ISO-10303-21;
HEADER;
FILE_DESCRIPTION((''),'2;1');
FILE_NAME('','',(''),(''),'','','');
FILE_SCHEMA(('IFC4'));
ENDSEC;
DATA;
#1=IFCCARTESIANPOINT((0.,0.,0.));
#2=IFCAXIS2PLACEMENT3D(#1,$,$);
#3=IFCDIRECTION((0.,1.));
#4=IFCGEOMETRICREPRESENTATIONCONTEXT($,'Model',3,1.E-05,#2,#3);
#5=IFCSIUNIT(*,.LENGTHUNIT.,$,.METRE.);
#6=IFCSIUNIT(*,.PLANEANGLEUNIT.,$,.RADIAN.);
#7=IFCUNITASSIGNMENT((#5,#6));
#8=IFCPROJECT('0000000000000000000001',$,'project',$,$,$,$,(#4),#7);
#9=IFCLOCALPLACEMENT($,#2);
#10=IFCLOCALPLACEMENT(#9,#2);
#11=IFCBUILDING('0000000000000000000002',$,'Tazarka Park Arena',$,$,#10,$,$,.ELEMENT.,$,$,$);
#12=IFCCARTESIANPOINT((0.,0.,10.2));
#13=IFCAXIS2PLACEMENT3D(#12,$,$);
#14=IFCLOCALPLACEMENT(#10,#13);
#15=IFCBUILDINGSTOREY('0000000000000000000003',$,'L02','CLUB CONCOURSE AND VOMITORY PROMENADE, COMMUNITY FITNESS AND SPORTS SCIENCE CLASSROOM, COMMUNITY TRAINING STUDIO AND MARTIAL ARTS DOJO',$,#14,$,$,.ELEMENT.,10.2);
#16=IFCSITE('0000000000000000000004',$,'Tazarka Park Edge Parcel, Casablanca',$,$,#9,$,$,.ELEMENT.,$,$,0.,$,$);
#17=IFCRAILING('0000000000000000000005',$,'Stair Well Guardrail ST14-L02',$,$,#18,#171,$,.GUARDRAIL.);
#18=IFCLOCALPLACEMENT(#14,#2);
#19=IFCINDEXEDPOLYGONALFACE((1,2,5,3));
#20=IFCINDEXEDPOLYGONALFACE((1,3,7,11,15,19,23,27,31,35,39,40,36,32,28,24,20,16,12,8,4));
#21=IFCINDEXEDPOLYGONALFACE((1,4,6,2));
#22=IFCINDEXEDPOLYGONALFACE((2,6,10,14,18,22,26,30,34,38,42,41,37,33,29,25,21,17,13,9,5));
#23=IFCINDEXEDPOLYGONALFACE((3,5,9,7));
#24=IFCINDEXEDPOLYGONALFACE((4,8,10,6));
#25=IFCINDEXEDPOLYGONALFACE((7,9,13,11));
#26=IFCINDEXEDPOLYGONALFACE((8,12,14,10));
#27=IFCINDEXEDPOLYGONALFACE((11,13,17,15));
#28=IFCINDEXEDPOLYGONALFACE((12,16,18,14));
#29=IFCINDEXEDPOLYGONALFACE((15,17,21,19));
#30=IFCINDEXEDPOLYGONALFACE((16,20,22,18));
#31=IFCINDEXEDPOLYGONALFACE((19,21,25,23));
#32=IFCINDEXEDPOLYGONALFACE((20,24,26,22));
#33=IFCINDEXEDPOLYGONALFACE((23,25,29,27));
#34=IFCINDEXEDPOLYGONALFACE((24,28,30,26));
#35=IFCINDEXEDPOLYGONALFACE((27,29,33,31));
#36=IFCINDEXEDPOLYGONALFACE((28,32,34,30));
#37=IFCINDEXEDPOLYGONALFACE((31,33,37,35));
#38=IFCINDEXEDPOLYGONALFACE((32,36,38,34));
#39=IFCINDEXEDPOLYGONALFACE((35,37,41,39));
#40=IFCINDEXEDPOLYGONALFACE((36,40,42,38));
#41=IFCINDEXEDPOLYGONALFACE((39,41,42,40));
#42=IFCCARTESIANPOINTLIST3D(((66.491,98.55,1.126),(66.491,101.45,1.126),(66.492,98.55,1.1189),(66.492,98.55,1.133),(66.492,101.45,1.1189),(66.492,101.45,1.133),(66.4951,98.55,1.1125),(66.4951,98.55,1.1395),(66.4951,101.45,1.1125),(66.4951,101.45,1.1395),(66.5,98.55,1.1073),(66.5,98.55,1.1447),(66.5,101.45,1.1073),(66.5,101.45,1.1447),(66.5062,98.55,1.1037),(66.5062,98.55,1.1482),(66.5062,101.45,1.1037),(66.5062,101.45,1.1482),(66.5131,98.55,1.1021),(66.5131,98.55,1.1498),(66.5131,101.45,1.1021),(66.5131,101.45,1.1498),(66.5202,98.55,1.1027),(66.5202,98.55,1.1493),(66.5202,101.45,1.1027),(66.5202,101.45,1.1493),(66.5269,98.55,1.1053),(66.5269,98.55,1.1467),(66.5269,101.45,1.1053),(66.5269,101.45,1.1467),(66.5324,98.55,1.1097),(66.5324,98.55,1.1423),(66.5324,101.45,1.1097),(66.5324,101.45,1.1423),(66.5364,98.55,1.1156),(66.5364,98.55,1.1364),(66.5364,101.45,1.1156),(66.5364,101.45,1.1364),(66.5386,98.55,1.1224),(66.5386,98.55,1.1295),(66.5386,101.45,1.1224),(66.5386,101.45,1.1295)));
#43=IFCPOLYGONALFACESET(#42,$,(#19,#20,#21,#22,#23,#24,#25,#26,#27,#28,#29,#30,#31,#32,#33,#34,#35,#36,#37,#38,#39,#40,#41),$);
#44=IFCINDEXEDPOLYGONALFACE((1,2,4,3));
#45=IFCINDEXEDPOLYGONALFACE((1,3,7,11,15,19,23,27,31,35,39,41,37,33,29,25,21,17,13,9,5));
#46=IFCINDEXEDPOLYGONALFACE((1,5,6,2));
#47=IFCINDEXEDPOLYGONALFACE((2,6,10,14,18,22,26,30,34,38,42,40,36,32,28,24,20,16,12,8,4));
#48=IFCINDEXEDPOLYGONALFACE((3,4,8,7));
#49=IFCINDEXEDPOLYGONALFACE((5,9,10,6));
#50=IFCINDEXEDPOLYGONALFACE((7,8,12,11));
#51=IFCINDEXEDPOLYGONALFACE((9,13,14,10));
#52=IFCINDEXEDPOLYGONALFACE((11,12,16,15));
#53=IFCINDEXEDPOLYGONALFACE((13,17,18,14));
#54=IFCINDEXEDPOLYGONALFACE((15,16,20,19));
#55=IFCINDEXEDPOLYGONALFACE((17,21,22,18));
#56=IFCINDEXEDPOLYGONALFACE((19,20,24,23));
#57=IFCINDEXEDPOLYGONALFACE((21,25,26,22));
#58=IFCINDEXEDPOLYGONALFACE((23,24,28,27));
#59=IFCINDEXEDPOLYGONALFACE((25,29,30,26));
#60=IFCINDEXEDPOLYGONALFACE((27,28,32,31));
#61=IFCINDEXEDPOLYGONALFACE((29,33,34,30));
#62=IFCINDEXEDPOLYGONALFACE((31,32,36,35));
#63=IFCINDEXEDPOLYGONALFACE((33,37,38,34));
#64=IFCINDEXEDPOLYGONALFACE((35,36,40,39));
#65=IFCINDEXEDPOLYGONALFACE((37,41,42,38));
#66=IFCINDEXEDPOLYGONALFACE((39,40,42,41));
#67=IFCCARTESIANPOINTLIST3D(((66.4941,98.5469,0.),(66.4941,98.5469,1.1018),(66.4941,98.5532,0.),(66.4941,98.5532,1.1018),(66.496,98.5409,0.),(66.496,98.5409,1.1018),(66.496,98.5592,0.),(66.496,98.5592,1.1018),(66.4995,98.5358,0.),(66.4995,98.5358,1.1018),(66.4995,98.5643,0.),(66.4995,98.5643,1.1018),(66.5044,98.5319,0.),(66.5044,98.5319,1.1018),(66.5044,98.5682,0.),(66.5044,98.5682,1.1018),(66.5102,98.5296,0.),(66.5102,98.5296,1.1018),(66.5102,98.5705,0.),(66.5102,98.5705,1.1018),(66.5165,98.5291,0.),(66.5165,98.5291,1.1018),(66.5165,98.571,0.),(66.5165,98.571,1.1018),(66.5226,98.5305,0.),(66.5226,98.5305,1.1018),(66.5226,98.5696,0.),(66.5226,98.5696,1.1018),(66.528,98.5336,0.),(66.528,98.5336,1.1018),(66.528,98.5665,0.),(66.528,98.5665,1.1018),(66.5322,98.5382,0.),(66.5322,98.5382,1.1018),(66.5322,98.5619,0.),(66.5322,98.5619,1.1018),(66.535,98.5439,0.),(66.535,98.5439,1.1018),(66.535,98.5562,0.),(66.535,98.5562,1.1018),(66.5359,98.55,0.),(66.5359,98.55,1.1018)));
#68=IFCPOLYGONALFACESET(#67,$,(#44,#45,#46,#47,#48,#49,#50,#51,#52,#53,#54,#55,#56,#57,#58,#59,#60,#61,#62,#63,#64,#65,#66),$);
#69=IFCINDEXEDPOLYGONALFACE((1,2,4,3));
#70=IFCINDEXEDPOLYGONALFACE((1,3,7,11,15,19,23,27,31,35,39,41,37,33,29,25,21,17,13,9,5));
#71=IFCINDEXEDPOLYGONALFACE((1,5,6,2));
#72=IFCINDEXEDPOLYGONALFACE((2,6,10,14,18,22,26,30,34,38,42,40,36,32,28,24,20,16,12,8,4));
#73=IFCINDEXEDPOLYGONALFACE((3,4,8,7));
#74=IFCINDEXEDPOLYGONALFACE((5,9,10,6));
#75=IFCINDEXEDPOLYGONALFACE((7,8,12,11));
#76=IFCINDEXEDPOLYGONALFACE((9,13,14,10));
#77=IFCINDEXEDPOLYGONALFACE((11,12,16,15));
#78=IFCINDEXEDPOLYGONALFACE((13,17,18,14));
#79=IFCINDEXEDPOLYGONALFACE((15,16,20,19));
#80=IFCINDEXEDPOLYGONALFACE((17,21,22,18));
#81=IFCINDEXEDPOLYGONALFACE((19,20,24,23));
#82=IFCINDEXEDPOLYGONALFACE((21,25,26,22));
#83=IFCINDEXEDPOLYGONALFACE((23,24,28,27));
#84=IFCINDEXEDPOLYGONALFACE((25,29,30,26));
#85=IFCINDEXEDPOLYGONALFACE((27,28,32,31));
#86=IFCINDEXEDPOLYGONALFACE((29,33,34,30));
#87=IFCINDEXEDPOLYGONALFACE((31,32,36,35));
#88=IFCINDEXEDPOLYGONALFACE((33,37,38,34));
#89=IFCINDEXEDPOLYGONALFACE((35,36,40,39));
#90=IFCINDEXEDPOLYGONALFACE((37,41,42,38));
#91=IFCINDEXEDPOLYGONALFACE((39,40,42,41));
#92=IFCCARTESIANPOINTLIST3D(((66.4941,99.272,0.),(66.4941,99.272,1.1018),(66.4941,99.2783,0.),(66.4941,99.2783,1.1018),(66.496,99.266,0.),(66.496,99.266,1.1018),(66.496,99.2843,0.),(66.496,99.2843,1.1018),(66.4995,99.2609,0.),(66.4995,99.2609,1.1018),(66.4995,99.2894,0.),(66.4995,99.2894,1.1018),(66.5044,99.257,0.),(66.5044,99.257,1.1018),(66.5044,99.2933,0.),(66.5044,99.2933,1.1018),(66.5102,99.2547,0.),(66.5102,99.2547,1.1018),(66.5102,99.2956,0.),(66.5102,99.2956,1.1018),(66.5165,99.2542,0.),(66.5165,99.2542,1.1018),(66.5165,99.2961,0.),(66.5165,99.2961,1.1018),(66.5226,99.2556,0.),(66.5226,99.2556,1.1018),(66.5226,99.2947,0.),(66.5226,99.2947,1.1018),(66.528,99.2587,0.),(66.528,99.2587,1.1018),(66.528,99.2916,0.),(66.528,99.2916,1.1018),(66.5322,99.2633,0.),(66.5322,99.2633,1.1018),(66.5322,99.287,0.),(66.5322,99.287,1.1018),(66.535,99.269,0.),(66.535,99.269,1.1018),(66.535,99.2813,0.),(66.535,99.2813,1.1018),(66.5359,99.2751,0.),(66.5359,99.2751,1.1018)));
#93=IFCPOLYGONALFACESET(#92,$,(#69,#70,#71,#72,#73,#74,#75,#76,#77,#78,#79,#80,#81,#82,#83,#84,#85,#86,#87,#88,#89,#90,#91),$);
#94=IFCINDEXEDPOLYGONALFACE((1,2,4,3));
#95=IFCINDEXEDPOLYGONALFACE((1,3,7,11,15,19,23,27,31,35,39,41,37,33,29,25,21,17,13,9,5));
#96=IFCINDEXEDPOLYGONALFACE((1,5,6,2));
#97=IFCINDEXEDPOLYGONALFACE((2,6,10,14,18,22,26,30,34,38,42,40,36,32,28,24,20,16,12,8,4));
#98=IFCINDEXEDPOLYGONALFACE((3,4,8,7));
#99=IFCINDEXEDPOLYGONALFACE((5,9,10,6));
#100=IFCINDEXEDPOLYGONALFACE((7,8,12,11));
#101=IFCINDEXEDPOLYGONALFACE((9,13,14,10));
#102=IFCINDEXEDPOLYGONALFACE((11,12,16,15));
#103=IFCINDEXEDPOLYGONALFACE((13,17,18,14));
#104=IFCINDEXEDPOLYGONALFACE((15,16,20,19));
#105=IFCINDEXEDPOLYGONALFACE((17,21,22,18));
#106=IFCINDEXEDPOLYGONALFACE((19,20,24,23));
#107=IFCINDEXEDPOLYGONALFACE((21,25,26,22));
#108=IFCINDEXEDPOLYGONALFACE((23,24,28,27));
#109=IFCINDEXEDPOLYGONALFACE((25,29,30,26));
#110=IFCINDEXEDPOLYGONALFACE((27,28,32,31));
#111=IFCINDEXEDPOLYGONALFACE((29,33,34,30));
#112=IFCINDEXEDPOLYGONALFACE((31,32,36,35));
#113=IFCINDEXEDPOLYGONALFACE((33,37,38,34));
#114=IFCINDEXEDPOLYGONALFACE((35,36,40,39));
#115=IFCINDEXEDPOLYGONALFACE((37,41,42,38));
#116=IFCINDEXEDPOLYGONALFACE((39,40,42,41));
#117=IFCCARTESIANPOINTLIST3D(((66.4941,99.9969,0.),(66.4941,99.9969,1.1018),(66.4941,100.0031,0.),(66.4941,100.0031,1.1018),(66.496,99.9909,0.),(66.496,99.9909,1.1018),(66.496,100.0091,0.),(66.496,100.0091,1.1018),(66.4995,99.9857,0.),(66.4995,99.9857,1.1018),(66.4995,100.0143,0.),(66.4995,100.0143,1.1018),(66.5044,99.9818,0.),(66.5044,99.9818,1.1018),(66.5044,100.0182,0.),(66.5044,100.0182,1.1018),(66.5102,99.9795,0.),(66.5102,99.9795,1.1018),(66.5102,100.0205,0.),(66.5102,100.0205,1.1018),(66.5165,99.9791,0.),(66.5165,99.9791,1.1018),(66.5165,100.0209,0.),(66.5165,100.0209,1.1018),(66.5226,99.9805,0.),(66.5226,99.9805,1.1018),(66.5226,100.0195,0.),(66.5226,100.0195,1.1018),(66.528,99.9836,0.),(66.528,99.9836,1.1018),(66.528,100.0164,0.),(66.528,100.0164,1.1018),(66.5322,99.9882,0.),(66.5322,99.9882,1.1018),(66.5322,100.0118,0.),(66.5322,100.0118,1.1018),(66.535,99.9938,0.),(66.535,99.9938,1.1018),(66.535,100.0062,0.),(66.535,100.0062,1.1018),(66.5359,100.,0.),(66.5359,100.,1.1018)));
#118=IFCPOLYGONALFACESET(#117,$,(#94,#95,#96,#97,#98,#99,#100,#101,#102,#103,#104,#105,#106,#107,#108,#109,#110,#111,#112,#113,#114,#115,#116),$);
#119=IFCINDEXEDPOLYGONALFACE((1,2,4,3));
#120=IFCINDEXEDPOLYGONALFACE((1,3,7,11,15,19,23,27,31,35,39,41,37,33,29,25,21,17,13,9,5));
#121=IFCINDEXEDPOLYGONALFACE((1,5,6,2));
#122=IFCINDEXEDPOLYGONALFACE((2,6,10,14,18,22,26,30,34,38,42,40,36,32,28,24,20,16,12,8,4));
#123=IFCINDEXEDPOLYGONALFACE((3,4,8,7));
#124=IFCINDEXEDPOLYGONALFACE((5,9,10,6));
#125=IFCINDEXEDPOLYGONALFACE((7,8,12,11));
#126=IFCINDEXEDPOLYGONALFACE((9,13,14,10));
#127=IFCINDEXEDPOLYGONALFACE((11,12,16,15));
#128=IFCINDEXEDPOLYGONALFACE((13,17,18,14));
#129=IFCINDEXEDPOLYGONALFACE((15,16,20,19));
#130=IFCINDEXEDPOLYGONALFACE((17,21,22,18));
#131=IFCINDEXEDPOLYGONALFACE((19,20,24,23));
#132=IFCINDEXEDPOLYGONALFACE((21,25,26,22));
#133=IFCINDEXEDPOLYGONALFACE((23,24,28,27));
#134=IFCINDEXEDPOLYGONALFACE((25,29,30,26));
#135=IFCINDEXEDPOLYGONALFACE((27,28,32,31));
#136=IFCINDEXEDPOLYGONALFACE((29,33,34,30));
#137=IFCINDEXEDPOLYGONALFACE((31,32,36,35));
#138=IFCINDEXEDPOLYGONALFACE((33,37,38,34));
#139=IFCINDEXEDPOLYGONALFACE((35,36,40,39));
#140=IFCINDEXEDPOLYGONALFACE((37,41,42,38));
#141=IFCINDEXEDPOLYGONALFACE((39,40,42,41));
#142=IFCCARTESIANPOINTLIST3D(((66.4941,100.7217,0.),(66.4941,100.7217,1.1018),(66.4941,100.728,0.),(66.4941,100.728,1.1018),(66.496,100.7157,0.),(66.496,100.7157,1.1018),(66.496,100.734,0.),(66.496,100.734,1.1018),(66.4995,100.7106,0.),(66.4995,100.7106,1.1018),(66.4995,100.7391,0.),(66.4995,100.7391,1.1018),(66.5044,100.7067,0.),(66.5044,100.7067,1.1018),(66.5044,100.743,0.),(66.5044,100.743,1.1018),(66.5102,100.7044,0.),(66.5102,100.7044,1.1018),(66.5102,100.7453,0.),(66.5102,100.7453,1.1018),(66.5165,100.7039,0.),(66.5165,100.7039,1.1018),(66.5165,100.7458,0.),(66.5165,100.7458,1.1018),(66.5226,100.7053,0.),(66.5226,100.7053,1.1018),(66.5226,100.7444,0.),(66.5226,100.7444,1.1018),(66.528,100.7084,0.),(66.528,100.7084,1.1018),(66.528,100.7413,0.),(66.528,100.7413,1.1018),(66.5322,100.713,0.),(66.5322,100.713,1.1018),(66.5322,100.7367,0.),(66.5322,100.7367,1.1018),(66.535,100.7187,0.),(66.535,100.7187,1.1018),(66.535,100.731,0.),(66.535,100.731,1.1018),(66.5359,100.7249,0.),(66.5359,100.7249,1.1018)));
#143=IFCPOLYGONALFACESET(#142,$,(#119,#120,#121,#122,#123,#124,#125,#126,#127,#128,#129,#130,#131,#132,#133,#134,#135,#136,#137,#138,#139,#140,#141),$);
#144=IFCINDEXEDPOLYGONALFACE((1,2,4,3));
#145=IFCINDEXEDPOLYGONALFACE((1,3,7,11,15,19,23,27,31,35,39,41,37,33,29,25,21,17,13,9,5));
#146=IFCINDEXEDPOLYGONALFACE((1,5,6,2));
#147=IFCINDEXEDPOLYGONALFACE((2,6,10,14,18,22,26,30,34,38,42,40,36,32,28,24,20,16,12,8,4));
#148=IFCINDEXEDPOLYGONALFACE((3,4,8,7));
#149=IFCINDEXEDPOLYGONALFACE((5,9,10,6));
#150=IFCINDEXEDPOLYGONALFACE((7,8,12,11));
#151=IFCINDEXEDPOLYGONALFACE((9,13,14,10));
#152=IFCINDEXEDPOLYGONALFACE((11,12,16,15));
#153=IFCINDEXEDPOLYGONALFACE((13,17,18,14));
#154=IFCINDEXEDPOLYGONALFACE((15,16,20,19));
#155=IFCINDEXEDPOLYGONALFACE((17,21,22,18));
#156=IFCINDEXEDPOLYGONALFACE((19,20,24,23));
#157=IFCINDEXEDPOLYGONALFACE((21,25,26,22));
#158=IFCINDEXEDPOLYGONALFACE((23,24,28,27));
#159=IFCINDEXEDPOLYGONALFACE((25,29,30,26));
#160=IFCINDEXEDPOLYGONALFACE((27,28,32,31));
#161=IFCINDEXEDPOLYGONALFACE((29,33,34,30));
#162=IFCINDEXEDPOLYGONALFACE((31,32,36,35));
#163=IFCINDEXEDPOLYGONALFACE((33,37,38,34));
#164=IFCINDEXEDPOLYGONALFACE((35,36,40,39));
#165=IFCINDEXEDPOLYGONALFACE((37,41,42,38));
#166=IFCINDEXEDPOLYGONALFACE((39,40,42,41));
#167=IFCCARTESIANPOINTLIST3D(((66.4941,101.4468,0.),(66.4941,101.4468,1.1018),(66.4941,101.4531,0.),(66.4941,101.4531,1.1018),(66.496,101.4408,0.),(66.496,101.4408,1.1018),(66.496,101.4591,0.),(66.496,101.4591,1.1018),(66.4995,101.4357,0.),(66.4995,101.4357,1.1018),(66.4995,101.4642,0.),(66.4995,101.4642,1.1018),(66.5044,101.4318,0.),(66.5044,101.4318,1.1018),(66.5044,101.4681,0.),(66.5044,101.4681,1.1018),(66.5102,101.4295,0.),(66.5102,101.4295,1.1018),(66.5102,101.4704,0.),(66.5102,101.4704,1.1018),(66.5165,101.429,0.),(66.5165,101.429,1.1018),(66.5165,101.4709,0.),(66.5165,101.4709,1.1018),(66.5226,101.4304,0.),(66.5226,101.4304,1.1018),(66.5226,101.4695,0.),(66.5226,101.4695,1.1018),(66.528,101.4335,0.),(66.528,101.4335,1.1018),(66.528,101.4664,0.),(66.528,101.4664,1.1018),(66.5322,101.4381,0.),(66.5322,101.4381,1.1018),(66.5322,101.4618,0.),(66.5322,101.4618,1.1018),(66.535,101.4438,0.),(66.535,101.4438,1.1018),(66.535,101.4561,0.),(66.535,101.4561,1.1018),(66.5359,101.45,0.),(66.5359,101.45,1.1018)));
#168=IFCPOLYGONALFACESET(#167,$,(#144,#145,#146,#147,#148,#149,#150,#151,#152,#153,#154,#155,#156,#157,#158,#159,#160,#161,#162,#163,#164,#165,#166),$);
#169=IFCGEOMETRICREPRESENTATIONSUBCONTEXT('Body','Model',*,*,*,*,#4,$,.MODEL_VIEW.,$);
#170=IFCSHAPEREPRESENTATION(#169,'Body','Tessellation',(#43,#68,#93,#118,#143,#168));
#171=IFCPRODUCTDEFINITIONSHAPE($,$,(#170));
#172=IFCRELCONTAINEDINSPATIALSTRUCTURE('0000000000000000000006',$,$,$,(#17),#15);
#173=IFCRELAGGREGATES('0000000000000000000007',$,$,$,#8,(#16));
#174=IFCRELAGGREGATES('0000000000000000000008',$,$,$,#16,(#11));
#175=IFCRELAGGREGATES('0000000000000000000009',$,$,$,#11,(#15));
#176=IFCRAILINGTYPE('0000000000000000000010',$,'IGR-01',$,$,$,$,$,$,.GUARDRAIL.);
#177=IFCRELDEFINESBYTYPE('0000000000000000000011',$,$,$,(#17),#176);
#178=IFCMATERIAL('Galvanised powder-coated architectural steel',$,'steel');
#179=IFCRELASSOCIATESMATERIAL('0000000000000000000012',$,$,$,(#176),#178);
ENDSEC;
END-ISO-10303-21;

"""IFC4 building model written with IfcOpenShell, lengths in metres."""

from ifc_helpers import new_model, si_unit, direction, frame, origin, origin_2d, place, context, subcontext, project, spatial, circle, extrude, material, type_object, element, save


model = new_model("IFC4")

# Units and contexts
model_context = context("Model", 3, precision=1e-05, world=origin(), true_north=direction((0.0, 1.0)))
body_context = subcontext(model_context, "Body", "Model", "MODEL_VIEW")
ifc_project = project(units=[si_unit("LENGTHUNIT", "METRE"), si_unit("PLANEANGLEUNIT", "RADIAN")], contexts=[model_context])

# Site, building, storey
site_placement = place(None, origin())
site = spatial("IfcSite", under=ifc_project, at=site_placement, Name="Tazarka Park Edge Parcel, Casablanca", CompositionType="ELEMENT", RefElevation=0.0)
building_placement = place(site_placement, origin())
building = spatial("IfcBuilding", under=site, at=building_placement, Name="Tazarka Park Arena", CompositionType="ELEMENT")
storey_placement = place(building_placement, frame((0.0, 0.0, 10.2)))
storey = spatial("IfcBuildingStorey", under=building, at=storey_placement, Name="L02", Description="CLUB CONCOURSE AND VOMITORY PROMENADE, COMMUNITY FITNESS AND SPORTS SCIENCE CLASSROOM, COMMUNITY TRAINING STUDIO AND MARTIAL ARTS DOJO", CompositionType="ELEMENT", Elevation=10.2)

# Railing
ifc_material_1 = material(Name="Galvanised powder-coated architectural steel", Category="steel")
railing_type_1 = type_object("IfcRailingType", Name="IGR-01", PredefinedType="GUARDRAIL", material=ifc_material_1)
for number, where, name in (
    (1, (66.5149, 98.55, 0.0), "Stair Well Guardrail ST14-L02"),
):
    element("IfcRailing", number, at=place(storey_placement, frame(where)), inside=storey, type_object=railing_type_1, Name=name, PredefinedType="GUARDRAIL", context=body_context, shape_type="SweptSolid", body=[
        extrude(circle(Radius=0.0239, at=origin_2d()), frame((0.0, 0.0, 1.126), z_axis=(0.0, 1.0, 0.0), x_axis=(-1.0, 0.0, 0.0)), (0.0, 0.0, 1.0), 2.8999),
        extrude(circle(Radius=0.021, at=origin_2d()), origin(), (0.0, 0.0, 1.0), 1.1018),
        extrude(circle(Radius=0.021, at=origin_2d()), frame((0.0, 0.7251, 0.0)), (0.0, 0.0, 1.0), 1.1018),
        extrude(circle(Radius=0.021, at=origin_2d()), frame((0.0, 1.45, 0.0)), (0.0, 0.0, 1.0), 1.1018),
        extrude(circle(Radius=0.021, at=origin_2d()), frame((0.0, 2.1748, 0.0)), (0.0, 0.0, 1.0), 1.1018),
        extrude(circle(Radius=0.021, at=origin_2d()), frame((0.0, 2.8999, 0.0)), (0.0, 0.0, 1.0), 1.1018),
    ])

save(model, "model.ifc")
